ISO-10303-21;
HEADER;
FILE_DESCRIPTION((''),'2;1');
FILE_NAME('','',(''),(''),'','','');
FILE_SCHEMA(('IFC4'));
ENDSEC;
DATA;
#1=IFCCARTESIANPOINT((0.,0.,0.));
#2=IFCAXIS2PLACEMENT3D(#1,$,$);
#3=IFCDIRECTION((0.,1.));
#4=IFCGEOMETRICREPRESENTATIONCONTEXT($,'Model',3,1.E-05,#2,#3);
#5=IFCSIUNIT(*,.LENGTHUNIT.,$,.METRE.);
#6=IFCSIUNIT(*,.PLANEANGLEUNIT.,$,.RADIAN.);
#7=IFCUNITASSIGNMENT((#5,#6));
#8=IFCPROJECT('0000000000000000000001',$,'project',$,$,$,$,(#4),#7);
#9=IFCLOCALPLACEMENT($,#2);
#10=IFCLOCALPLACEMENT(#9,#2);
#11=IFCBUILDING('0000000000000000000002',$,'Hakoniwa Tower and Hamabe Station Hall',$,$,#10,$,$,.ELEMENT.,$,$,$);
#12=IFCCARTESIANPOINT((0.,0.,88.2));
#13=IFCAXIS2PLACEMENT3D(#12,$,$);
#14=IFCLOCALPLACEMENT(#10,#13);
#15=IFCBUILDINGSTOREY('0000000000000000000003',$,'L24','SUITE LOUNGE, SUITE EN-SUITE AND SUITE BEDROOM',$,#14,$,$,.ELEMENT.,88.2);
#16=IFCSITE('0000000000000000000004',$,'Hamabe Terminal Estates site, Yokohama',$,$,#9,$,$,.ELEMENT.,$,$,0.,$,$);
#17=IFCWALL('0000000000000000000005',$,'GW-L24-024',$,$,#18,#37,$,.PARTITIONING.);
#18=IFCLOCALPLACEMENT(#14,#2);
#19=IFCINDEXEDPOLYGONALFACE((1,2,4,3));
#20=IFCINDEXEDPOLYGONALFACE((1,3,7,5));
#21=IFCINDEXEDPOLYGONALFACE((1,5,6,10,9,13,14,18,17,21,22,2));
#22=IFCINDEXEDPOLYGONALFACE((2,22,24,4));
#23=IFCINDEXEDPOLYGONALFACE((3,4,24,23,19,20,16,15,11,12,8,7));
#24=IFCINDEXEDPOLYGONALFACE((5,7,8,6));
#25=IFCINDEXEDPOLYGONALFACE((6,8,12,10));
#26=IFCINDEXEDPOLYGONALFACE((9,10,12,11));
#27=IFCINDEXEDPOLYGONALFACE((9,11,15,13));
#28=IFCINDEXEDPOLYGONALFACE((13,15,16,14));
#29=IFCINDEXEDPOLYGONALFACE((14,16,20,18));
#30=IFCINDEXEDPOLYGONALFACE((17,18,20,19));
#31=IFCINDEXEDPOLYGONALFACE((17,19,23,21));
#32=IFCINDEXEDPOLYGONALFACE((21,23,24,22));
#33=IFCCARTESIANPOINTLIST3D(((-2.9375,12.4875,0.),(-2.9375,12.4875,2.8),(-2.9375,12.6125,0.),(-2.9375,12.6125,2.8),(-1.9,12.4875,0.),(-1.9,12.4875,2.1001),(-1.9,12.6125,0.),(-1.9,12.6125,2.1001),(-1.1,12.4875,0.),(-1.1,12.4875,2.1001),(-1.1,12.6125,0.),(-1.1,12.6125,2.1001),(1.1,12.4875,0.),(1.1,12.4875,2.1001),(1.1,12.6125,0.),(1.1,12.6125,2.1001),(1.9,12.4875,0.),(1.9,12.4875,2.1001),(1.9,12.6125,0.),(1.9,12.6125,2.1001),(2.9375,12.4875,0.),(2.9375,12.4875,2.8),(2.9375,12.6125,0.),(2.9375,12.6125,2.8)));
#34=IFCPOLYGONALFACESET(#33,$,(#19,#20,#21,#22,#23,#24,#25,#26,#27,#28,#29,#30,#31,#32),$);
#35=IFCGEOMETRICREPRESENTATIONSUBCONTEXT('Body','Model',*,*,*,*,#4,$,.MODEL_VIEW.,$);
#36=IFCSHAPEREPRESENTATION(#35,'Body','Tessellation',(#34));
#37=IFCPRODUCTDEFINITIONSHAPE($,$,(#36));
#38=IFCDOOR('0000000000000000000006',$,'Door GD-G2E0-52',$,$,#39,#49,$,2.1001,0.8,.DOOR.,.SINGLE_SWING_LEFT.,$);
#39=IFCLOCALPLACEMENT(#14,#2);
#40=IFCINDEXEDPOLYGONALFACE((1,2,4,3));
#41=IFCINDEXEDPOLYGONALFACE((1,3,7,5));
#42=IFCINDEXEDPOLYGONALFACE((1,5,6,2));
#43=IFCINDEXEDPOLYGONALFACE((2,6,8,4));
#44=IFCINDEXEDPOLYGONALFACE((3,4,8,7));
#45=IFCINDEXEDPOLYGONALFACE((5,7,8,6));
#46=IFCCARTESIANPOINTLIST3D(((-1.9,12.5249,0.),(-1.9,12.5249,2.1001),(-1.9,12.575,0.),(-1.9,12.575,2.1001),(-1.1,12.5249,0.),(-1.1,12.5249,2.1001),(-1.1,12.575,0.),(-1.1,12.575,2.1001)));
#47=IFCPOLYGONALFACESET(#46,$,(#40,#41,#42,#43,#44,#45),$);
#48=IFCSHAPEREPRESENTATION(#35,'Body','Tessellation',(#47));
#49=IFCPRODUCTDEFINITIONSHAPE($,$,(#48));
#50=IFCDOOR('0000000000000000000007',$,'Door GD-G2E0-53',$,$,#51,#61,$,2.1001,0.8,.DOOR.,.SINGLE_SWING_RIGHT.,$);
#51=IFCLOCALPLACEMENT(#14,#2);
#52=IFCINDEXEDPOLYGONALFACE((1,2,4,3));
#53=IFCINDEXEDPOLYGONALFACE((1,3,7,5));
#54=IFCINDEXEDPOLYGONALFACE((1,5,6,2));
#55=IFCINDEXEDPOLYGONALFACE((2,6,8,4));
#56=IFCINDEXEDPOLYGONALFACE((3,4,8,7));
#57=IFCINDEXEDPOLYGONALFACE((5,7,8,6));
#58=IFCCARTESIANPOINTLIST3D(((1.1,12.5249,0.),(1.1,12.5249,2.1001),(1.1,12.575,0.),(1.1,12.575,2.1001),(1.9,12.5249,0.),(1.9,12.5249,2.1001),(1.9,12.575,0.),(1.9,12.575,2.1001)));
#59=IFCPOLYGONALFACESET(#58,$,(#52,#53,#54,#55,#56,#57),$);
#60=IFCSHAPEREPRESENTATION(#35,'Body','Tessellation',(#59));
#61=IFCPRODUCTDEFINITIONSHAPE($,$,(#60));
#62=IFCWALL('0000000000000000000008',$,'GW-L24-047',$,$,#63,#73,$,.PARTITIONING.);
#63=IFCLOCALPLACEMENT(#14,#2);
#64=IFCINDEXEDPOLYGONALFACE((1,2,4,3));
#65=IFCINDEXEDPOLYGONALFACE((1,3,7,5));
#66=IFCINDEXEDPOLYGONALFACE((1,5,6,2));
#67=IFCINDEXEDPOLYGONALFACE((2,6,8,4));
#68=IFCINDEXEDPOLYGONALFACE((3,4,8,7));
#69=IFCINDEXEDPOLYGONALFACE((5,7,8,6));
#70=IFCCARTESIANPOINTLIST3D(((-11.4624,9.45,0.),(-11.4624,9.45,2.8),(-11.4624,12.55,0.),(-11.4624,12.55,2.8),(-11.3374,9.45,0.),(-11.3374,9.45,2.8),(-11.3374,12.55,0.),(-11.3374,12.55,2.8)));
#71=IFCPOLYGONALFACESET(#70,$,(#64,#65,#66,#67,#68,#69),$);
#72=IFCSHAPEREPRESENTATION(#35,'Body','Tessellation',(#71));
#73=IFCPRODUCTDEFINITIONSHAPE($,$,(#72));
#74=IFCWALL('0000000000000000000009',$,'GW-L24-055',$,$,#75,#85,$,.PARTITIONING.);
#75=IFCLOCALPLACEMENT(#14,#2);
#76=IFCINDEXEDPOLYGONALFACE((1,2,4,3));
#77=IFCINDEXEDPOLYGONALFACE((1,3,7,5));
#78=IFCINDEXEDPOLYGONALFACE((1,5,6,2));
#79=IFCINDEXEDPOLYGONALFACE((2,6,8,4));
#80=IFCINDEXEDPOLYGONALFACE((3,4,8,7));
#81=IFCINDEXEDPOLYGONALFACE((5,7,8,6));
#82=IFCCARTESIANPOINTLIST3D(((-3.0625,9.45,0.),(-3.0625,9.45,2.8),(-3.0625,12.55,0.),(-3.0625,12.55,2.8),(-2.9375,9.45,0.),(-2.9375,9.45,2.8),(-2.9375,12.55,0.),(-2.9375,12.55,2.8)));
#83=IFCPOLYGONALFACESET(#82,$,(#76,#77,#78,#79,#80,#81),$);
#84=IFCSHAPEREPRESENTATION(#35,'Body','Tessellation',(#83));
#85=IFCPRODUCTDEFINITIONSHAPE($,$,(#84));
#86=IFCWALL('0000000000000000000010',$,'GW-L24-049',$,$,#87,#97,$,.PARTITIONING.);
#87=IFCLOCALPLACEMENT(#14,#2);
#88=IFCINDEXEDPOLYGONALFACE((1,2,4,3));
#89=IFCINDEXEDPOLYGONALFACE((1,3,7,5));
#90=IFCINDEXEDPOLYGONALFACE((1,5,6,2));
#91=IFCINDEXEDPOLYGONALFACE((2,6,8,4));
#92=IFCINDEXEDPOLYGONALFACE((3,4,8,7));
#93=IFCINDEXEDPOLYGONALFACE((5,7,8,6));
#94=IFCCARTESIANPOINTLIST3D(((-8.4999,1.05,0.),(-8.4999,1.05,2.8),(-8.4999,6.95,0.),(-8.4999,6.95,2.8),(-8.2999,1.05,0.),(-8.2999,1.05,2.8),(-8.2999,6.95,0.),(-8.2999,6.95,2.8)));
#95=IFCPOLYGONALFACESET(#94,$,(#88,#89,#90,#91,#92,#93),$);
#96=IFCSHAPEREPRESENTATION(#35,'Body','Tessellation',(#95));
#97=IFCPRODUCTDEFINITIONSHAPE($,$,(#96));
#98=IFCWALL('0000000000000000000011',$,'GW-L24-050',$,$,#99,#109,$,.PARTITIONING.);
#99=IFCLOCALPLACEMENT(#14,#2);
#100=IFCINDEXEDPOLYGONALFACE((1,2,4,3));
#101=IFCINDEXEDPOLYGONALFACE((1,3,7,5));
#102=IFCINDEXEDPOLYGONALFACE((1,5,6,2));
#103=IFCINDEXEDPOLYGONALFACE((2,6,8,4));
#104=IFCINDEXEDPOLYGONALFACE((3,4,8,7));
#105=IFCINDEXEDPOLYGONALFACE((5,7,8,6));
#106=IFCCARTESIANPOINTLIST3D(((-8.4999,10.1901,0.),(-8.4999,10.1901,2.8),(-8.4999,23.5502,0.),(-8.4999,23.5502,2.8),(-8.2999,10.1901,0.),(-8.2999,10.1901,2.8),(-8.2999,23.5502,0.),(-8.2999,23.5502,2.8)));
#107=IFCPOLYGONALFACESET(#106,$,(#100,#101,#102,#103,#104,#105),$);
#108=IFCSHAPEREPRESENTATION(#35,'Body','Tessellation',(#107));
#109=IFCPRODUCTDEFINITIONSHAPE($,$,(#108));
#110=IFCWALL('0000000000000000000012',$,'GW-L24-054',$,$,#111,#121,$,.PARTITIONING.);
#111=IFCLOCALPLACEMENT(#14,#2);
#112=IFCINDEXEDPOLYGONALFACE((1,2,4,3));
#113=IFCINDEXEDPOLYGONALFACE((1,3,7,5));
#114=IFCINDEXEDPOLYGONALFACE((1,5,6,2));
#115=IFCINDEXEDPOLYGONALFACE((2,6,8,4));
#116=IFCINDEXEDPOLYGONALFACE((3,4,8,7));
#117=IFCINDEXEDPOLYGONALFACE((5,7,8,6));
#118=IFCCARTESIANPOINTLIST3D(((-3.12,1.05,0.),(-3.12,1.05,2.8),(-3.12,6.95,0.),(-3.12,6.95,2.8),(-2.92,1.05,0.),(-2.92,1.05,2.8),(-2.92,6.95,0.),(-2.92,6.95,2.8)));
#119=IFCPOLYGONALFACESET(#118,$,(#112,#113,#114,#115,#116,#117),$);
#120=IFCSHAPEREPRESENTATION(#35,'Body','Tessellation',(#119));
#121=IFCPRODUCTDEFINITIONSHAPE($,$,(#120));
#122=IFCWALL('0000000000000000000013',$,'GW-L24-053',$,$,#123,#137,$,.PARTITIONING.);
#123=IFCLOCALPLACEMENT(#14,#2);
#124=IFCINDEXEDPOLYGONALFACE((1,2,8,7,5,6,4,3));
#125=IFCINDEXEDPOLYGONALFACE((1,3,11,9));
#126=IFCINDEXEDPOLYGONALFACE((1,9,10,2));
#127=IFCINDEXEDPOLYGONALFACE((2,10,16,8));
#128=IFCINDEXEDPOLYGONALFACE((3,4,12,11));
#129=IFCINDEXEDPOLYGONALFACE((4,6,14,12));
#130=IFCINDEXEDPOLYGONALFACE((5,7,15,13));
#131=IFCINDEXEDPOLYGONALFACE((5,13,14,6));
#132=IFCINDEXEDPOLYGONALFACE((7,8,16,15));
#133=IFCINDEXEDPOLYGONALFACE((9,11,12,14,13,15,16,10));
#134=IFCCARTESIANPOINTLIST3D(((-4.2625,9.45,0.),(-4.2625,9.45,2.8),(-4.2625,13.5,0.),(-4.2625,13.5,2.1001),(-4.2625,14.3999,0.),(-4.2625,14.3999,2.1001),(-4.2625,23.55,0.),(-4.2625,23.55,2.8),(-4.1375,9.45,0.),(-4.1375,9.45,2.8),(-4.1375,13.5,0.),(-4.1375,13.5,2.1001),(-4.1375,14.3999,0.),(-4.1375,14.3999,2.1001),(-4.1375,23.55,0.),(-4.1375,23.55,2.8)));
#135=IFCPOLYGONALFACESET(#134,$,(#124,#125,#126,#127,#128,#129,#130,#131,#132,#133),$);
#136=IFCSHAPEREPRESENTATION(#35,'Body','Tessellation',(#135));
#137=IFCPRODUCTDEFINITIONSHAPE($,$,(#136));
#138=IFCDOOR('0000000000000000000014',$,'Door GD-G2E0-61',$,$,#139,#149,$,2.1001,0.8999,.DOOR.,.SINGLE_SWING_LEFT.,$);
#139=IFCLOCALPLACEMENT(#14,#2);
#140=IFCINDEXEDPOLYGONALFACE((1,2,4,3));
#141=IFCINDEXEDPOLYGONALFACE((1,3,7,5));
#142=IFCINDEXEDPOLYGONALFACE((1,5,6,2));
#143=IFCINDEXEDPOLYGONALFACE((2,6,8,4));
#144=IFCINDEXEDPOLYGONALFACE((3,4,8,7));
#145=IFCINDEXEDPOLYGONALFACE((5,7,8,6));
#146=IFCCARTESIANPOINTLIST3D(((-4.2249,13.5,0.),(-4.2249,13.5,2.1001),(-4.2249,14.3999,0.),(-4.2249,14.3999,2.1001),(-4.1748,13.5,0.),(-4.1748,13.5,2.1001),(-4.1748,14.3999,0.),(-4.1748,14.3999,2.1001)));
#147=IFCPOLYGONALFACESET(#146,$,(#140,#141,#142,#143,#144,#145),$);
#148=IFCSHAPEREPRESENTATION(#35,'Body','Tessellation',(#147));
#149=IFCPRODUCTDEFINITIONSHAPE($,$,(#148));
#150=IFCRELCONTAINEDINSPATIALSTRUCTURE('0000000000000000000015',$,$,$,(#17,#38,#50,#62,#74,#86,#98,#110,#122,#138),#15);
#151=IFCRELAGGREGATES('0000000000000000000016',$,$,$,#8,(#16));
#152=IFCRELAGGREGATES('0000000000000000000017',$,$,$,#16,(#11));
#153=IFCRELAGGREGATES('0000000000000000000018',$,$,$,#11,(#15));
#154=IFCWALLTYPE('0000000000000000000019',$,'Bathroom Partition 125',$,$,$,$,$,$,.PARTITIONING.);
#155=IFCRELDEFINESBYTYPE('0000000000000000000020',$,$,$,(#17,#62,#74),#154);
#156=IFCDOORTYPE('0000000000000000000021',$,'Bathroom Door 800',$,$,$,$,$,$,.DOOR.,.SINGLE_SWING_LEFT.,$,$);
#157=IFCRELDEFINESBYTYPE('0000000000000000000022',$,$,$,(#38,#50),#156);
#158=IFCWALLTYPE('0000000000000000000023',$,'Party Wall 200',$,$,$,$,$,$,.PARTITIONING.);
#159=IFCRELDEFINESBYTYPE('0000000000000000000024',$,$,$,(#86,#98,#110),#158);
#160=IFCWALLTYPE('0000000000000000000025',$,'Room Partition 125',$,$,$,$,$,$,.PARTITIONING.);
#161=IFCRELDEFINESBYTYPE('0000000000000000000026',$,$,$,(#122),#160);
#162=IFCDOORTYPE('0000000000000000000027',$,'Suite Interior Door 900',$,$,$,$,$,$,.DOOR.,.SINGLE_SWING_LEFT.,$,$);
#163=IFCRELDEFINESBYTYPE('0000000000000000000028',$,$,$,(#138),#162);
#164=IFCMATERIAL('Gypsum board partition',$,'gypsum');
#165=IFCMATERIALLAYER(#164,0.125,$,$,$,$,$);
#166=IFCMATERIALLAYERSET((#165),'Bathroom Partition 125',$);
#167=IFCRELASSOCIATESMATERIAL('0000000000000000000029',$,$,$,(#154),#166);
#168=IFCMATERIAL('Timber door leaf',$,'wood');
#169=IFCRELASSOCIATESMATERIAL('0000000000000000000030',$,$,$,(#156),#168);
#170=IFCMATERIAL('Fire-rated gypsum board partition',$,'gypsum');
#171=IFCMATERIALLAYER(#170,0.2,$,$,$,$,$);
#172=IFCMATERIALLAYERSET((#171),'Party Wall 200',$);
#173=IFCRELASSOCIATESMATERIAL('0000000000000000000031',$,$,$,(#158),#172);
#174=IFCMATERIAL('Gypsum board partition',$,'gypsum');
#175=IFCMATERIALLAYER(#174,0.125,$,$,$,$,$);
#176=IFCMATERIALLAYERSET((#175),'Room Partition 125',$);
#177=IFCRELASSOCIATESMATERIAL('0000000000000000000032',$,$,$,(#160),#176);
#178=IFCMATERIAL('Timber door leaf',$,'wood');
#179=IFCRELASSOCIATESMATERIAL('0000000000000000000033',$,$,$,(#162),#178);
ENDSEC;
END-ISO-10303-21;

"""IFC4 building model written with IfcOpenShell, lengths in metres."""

from ifc_helpers import new_model, si_unit, direction, frame, frame_2d, origin, place, context, subcontext, project, spatial, rectangle, extrude, material, layer, layer_set, type_object, element, fill, save


model = new_model("IFC4")

# Units and contexts
model_context = context("Model", 3, precision=1e-05, world=origin(), true_north=direction((0.0, 1.0)))
body_context = subcontext(model_context, "Body", "Model", "MODEL_VIEW")
ifc_project = project(units=[si_unit("LENGTHUNIT", "METRE"), si_unit("PLANEANGLEUNIT", "RADIAN")], contexts=[model_context])

# Site, building, storey
site_placement = place(None, origin())
site = spatial("IfcSite", under=ifc_project, at=site_placement, Name="Hamabe Terminal Estates site, Yokohama", CompositionType="ELEMENT", RefElevation=0.0)
building_placement = place(site_placement, origin())
building = spatial("IfcBuilding", under=site, at=building_placement, Name="Hakoniwa Tower and Hamabe Station Hall", CompositionType="ELEMENT")
storey_placement = place(building_placement, frame((0.0, 0.0, 88.2)))
storey = spatial("IfcBuildingStorey", under=building, at=storey_placement, Name="L24", Description="SUITE LOUNGE, SUITE EN-SUITE AND SUITE BEDROOM", CompositionType="ELEMENT", Elevation=88.2)

# Shared definitions
ifc_material_1 = material(Name="Gypsum board partition", Category="gypsum")
ifc_layer_1 = layer(ifc_material_1, 0.125)
ifc_layer_set_1 = layer_set([ifc_layer_1], Name="Bathroom Partition 125")
wall_type_1 = type_object("IfcWallType", Name="Bathroom Partition 125", PredefinedType="PARTITIONING", material=ifc_layer_set_1)
ifc_material_2 = material(Name="Timber door leaf", Category="wood")
door_type_1 = type_object("IfcDoorType", Name="Bathroom Door 800", OperationType="SINGLE_SWING_LEFT", PredefinedType="DOOR", material=ifc_material_2)

# Wall, openings, doors
wall_1_placement = place(storey_placement, frame((-2.9375, 12.55, 0.0), z_axis=(0.0, 0.0, 1.0), x_axis=(1.0, 0.0, 0.0)))
wall_1 = element("IfcWall", 1, at=wall_1_placement, inside=storey, type_object=wall_type_1, Name="GW-L24-024", PredefinedType="PARTITIONING", context=body_context, shape_type="SweptSolid", body=[
    extrude(rectangle(XDim=5.875, YDim=0.125, at=frame_2d((2.9375, 0.0))), origin(), (0.0, 0.0, 1.0), 2.8),
])
opening_1_placement = place(wall_1_placement, frame((1.0376, 0.0, 0.0)))
opening_1 = element("IfcOpeningElement", 2, at=opening_1_placement, cuts=wall_1, PredefinedType="OPENING", context=body_context, shape_type="SweptSolid", body=[
    extrude(rectangle(XDim=0.8, YDim=2.1001, at=frame_2d((0.3999, 1.05))), frame((0.0, 0.0725, 0.0), z_axis=(0.0, -1.0, 0.0), x_axis=(1.0, 0.0, 0.0)), (0.0, 0.0, 1.0), 0.145),
])
opening_2_placement = place(wall_1_placement, frame((4.0376, 0.0, 0.0)))
opening_2 = element("IfcOpeningElement", 3, at=opening_2_placement, cuts=wall_1, PredefinedType="OPENING", context=body_context, shape_type="SweptSolid", body=[
    extrude(rectangle(XDim=0.8, YDim=2.1001, at=frame_2d((0.3999, 1.05))), frame((0.0, 0.0725, 0.0), z_axis=(0.0, -1.0, 0.0), x_axis=(1.0, 0.0, 0.0)), (0.0, 0.0, 1.0), 0.145),
])
door_1_placement = place(opening_1_placement, origin())
door_1 = element("IfcDoor", 4, at=door_1_placement, inside=storey, type_object=door_type_1, Name="Door GD-G2E0-52", OperationType="SINGLE_SWING_LEFT", OverallHeight=2.1001, OverallWidth=0.8, PredefinedType="DOOR", context=body_context, shape_type="SweptSolid", body=[
    extrude(rectangle(XDim=0.8, YDim=2.1001, at=frame_2d((0.3999, 1.05))), frame((0.0, 0.0249, 0.0), z_axis=(0.0, -1.0, 0.0), x_axis=(1.0, 0.0, 0.0)), (0.0, 0.0, 1.0), 0.05),
])
fill(opening_1, door_1)
door_2_placement = place(opening_2_placement, origin())
door_2 = element("IfcDoor", 5, at=door_2_placement, inside=storey, type_object=door_type_1, Name="Door GD-G2E0-53", OperationType="SINGLE_SWING_RIGHT", OverallHeight=2.1001, OverallWidth=0.8, PredefinedType="DOOR", context=body_context, shape_type="SweptSolid", body=[
    extrude(rectangle(XDim=0.8, YDim=2.1001, at=frame_2d((0.3999, 1.05))), frame((0.0, 0.0249, 0.0), z_axis=(0.0, -1.0, 0.0), x_axis=(1.0, 0.0, 0.0)), (0.0, 0.0, 1.0), 0.05),
])
fill(opening_2, door_2)

# Walls
for number, where, z_axis, x_axis, name in (
    (6, (-11.3999, 9.45, 0.0), (0.0, 0.0, 1.0), (0.0, 1.0, 0.0), "GW-L24-047"),
    (7, (-3.0, 9.45, 0.0), (0.0, 0.0, 1.0), (0.0, 1.0, 0.0), "GW-L24-055"),
):
    element("IfcWall", number, at=place(storey_placement, frame(where, z_axis=z_axis, x_axis=x_axis)), inside=storey, type_object=wall_type_1, Name=name, PredefinedType="PARTITIONING", context=body_context, shape_type="SweptSolid", body=[
        extrude(rectangle(XDim=3.1001, YDim=0.125, at=frame_2d((1.55, 0.0))), origin(), (0.0, 0.0, 1.0), 2.8),
    ])
ifc_material_3 = material(Name="Fire-rated gypsum board partition", Category="gypsum")
ifc_layer_2 = layer(ifc_material_3, 0.2)
ifc_layer_set_2 = layer_set([ifc_layer_2], Name="Party Wall 200")
wall_type_2 = type_object("IfcWallType", Name="Party Wall 200", PredefinedType="PARTITIONING", material=ifc_layer_set_2)
wall_2_placement = place(storey_placement, frame((-8.3999, 1.05, 0.0), z_axis=(0.0, 0.0, 1.0), x_axis=(0.0, 1.0, 0.0)))
element("IfcWall", 8, at=wall_2_placement, inside=storey, type_object=wall_type_2, Name="GW-L24-049", PredefinedType="PARTITIONING", context=body_context, shape_type="SweptSolid", body=[
    extrude(rectangle(XDim=5.8999, YDim=0.2, at=frame_2d((2.95, 0.0))), origin(), (0.0, 0.0, 1.0), 2.8),
])
wall_3_placement = place(storey_placement, frame((-8.3999, 10.1899, 0.0), z_axis=(0.0, 0.0, 1.0), x_axis=(0.0, 1.0, 0.0)))
element("IfcWall", 9, at=wall_3_placement, inside=storey, type_object=wall_type_2, Name="GW-L24-050", PredefinedType="PARTITIONING", context=body_context, shape_type="SweptSolid", body=[
    extrude(rectangle(XDim=13.3601, YDim=0.2, at=frame_2d((6.6802, 0.0))), origin(), (0.0, 0.0, 1.0), 2.8),
])
wall_4_placement = place(storey_placement, frame((-3.02, 1.05, 0.0), z_axis=(0.0, 0.0, 1.0), x_axis=(0.0, 1.0, 0.0)))
element("IfcWall", 10, at=wall_4_placement, inside=storey, type_object=wall_type_2, Name="GW-L24-054", PredefinedType="PARTITIONING", context=body_context, shape_type="SweptSolid", body=[
    extrude(rectangle(XDim=5.8999, YDim=0.2, at=frame_2d((2.95, 0.0))), origin(), (0.0, 0.0, 1.0), 2.8),
])

# Wall, opening, door
ifc_material_4 = material(Name="Gypsum board partition", Category="gypsum")
ifc_layer_3 = layer(ifc_material_4, 0.125)
ifc_layer_set_3 = layer_set([ifc_layer_3], Name="Room Partition 125")
wall_type_3 = type_object("IfcWallType", Name="Room Partition 125", PredefinedType="PARTITIONING", material=ifc_layer_set_3)
wall_5_placement = place(storey_placement, frame((-4.2, 9.45, 0.0), z_axis=(0.0, 0.0, 1.0), x_axis=(0.0, 1.0, 0.0)))
wall_5 = element("IfcWall", 11, at=wall_5_placement, inside=storey, type_object=wall_type_3, Name="GW-L24-053", PredefinedType="PARTITIONING", context=body_context, shape_type="SweptSolid", body=[
    extrude(rectangle(XDim=14.1001, YDim=0.125, at=frame_2d((7.05, 0.0))), origin(), (0.0, 0.0, 1.0), 2.8),
])
opening_3_placement = place(wall_5_placement, frame((4.05, 0.0, 0.0)))
opening_3 = element("IfcOpeningElement", 12, at=opening_3_placement, cuts=wall_5, PredefinedType="OPENING", context=body_context, shape_type="SweptSolid", body=[
    extrude(rectangle(XDim=0.8999, YDim=2.1001, at=frame_2d((0.45, 1.05))), frame((0.0, 0.0725, 0.0), z_axis=(0.0, -1.0, 0.0), x_axis=(1.0, 0.0, 0.0)), (0.0, 0.0, 1.0), 0.145),
])
ifc_material_5 = material(Name="Timber door leaf", Category="wood")
door_type_2 = type_object("IfcDoorType", Name="Suite Interior Door 900", OperationType="SINGLE_SWING_LEFT", PredefinedType="DOOR", material=ifc_material_5)
door_3_placement = place(opening_3_placement, origin())
door_3 = element("IfcDoor", 13, at=door_3_placement, inside=storey, type_object=door_type_2, Name="Door GD-G2E0-61", OperationType="SINGLE_SWING_LEFT", OverallHeight=2.1001, OverallWidth=0.8999, PredefinedType="DOOR", context=body_context, shape_type="SweptSolid", body=[
    extrude(rectangle(XDim=0.8999, YDim=2.1001, at=frame_2d((0.45, 1.05))), frame((0.0, 0.0249, 0.0), z_axis=(0.0, -1.0, 0.0), x_axis=(1.0, 0.0, 0.0)), (0.0, 0.0, 1.0), 0.05),
])
fill(opening_3, door_3)

save(model, "model.ifc")
